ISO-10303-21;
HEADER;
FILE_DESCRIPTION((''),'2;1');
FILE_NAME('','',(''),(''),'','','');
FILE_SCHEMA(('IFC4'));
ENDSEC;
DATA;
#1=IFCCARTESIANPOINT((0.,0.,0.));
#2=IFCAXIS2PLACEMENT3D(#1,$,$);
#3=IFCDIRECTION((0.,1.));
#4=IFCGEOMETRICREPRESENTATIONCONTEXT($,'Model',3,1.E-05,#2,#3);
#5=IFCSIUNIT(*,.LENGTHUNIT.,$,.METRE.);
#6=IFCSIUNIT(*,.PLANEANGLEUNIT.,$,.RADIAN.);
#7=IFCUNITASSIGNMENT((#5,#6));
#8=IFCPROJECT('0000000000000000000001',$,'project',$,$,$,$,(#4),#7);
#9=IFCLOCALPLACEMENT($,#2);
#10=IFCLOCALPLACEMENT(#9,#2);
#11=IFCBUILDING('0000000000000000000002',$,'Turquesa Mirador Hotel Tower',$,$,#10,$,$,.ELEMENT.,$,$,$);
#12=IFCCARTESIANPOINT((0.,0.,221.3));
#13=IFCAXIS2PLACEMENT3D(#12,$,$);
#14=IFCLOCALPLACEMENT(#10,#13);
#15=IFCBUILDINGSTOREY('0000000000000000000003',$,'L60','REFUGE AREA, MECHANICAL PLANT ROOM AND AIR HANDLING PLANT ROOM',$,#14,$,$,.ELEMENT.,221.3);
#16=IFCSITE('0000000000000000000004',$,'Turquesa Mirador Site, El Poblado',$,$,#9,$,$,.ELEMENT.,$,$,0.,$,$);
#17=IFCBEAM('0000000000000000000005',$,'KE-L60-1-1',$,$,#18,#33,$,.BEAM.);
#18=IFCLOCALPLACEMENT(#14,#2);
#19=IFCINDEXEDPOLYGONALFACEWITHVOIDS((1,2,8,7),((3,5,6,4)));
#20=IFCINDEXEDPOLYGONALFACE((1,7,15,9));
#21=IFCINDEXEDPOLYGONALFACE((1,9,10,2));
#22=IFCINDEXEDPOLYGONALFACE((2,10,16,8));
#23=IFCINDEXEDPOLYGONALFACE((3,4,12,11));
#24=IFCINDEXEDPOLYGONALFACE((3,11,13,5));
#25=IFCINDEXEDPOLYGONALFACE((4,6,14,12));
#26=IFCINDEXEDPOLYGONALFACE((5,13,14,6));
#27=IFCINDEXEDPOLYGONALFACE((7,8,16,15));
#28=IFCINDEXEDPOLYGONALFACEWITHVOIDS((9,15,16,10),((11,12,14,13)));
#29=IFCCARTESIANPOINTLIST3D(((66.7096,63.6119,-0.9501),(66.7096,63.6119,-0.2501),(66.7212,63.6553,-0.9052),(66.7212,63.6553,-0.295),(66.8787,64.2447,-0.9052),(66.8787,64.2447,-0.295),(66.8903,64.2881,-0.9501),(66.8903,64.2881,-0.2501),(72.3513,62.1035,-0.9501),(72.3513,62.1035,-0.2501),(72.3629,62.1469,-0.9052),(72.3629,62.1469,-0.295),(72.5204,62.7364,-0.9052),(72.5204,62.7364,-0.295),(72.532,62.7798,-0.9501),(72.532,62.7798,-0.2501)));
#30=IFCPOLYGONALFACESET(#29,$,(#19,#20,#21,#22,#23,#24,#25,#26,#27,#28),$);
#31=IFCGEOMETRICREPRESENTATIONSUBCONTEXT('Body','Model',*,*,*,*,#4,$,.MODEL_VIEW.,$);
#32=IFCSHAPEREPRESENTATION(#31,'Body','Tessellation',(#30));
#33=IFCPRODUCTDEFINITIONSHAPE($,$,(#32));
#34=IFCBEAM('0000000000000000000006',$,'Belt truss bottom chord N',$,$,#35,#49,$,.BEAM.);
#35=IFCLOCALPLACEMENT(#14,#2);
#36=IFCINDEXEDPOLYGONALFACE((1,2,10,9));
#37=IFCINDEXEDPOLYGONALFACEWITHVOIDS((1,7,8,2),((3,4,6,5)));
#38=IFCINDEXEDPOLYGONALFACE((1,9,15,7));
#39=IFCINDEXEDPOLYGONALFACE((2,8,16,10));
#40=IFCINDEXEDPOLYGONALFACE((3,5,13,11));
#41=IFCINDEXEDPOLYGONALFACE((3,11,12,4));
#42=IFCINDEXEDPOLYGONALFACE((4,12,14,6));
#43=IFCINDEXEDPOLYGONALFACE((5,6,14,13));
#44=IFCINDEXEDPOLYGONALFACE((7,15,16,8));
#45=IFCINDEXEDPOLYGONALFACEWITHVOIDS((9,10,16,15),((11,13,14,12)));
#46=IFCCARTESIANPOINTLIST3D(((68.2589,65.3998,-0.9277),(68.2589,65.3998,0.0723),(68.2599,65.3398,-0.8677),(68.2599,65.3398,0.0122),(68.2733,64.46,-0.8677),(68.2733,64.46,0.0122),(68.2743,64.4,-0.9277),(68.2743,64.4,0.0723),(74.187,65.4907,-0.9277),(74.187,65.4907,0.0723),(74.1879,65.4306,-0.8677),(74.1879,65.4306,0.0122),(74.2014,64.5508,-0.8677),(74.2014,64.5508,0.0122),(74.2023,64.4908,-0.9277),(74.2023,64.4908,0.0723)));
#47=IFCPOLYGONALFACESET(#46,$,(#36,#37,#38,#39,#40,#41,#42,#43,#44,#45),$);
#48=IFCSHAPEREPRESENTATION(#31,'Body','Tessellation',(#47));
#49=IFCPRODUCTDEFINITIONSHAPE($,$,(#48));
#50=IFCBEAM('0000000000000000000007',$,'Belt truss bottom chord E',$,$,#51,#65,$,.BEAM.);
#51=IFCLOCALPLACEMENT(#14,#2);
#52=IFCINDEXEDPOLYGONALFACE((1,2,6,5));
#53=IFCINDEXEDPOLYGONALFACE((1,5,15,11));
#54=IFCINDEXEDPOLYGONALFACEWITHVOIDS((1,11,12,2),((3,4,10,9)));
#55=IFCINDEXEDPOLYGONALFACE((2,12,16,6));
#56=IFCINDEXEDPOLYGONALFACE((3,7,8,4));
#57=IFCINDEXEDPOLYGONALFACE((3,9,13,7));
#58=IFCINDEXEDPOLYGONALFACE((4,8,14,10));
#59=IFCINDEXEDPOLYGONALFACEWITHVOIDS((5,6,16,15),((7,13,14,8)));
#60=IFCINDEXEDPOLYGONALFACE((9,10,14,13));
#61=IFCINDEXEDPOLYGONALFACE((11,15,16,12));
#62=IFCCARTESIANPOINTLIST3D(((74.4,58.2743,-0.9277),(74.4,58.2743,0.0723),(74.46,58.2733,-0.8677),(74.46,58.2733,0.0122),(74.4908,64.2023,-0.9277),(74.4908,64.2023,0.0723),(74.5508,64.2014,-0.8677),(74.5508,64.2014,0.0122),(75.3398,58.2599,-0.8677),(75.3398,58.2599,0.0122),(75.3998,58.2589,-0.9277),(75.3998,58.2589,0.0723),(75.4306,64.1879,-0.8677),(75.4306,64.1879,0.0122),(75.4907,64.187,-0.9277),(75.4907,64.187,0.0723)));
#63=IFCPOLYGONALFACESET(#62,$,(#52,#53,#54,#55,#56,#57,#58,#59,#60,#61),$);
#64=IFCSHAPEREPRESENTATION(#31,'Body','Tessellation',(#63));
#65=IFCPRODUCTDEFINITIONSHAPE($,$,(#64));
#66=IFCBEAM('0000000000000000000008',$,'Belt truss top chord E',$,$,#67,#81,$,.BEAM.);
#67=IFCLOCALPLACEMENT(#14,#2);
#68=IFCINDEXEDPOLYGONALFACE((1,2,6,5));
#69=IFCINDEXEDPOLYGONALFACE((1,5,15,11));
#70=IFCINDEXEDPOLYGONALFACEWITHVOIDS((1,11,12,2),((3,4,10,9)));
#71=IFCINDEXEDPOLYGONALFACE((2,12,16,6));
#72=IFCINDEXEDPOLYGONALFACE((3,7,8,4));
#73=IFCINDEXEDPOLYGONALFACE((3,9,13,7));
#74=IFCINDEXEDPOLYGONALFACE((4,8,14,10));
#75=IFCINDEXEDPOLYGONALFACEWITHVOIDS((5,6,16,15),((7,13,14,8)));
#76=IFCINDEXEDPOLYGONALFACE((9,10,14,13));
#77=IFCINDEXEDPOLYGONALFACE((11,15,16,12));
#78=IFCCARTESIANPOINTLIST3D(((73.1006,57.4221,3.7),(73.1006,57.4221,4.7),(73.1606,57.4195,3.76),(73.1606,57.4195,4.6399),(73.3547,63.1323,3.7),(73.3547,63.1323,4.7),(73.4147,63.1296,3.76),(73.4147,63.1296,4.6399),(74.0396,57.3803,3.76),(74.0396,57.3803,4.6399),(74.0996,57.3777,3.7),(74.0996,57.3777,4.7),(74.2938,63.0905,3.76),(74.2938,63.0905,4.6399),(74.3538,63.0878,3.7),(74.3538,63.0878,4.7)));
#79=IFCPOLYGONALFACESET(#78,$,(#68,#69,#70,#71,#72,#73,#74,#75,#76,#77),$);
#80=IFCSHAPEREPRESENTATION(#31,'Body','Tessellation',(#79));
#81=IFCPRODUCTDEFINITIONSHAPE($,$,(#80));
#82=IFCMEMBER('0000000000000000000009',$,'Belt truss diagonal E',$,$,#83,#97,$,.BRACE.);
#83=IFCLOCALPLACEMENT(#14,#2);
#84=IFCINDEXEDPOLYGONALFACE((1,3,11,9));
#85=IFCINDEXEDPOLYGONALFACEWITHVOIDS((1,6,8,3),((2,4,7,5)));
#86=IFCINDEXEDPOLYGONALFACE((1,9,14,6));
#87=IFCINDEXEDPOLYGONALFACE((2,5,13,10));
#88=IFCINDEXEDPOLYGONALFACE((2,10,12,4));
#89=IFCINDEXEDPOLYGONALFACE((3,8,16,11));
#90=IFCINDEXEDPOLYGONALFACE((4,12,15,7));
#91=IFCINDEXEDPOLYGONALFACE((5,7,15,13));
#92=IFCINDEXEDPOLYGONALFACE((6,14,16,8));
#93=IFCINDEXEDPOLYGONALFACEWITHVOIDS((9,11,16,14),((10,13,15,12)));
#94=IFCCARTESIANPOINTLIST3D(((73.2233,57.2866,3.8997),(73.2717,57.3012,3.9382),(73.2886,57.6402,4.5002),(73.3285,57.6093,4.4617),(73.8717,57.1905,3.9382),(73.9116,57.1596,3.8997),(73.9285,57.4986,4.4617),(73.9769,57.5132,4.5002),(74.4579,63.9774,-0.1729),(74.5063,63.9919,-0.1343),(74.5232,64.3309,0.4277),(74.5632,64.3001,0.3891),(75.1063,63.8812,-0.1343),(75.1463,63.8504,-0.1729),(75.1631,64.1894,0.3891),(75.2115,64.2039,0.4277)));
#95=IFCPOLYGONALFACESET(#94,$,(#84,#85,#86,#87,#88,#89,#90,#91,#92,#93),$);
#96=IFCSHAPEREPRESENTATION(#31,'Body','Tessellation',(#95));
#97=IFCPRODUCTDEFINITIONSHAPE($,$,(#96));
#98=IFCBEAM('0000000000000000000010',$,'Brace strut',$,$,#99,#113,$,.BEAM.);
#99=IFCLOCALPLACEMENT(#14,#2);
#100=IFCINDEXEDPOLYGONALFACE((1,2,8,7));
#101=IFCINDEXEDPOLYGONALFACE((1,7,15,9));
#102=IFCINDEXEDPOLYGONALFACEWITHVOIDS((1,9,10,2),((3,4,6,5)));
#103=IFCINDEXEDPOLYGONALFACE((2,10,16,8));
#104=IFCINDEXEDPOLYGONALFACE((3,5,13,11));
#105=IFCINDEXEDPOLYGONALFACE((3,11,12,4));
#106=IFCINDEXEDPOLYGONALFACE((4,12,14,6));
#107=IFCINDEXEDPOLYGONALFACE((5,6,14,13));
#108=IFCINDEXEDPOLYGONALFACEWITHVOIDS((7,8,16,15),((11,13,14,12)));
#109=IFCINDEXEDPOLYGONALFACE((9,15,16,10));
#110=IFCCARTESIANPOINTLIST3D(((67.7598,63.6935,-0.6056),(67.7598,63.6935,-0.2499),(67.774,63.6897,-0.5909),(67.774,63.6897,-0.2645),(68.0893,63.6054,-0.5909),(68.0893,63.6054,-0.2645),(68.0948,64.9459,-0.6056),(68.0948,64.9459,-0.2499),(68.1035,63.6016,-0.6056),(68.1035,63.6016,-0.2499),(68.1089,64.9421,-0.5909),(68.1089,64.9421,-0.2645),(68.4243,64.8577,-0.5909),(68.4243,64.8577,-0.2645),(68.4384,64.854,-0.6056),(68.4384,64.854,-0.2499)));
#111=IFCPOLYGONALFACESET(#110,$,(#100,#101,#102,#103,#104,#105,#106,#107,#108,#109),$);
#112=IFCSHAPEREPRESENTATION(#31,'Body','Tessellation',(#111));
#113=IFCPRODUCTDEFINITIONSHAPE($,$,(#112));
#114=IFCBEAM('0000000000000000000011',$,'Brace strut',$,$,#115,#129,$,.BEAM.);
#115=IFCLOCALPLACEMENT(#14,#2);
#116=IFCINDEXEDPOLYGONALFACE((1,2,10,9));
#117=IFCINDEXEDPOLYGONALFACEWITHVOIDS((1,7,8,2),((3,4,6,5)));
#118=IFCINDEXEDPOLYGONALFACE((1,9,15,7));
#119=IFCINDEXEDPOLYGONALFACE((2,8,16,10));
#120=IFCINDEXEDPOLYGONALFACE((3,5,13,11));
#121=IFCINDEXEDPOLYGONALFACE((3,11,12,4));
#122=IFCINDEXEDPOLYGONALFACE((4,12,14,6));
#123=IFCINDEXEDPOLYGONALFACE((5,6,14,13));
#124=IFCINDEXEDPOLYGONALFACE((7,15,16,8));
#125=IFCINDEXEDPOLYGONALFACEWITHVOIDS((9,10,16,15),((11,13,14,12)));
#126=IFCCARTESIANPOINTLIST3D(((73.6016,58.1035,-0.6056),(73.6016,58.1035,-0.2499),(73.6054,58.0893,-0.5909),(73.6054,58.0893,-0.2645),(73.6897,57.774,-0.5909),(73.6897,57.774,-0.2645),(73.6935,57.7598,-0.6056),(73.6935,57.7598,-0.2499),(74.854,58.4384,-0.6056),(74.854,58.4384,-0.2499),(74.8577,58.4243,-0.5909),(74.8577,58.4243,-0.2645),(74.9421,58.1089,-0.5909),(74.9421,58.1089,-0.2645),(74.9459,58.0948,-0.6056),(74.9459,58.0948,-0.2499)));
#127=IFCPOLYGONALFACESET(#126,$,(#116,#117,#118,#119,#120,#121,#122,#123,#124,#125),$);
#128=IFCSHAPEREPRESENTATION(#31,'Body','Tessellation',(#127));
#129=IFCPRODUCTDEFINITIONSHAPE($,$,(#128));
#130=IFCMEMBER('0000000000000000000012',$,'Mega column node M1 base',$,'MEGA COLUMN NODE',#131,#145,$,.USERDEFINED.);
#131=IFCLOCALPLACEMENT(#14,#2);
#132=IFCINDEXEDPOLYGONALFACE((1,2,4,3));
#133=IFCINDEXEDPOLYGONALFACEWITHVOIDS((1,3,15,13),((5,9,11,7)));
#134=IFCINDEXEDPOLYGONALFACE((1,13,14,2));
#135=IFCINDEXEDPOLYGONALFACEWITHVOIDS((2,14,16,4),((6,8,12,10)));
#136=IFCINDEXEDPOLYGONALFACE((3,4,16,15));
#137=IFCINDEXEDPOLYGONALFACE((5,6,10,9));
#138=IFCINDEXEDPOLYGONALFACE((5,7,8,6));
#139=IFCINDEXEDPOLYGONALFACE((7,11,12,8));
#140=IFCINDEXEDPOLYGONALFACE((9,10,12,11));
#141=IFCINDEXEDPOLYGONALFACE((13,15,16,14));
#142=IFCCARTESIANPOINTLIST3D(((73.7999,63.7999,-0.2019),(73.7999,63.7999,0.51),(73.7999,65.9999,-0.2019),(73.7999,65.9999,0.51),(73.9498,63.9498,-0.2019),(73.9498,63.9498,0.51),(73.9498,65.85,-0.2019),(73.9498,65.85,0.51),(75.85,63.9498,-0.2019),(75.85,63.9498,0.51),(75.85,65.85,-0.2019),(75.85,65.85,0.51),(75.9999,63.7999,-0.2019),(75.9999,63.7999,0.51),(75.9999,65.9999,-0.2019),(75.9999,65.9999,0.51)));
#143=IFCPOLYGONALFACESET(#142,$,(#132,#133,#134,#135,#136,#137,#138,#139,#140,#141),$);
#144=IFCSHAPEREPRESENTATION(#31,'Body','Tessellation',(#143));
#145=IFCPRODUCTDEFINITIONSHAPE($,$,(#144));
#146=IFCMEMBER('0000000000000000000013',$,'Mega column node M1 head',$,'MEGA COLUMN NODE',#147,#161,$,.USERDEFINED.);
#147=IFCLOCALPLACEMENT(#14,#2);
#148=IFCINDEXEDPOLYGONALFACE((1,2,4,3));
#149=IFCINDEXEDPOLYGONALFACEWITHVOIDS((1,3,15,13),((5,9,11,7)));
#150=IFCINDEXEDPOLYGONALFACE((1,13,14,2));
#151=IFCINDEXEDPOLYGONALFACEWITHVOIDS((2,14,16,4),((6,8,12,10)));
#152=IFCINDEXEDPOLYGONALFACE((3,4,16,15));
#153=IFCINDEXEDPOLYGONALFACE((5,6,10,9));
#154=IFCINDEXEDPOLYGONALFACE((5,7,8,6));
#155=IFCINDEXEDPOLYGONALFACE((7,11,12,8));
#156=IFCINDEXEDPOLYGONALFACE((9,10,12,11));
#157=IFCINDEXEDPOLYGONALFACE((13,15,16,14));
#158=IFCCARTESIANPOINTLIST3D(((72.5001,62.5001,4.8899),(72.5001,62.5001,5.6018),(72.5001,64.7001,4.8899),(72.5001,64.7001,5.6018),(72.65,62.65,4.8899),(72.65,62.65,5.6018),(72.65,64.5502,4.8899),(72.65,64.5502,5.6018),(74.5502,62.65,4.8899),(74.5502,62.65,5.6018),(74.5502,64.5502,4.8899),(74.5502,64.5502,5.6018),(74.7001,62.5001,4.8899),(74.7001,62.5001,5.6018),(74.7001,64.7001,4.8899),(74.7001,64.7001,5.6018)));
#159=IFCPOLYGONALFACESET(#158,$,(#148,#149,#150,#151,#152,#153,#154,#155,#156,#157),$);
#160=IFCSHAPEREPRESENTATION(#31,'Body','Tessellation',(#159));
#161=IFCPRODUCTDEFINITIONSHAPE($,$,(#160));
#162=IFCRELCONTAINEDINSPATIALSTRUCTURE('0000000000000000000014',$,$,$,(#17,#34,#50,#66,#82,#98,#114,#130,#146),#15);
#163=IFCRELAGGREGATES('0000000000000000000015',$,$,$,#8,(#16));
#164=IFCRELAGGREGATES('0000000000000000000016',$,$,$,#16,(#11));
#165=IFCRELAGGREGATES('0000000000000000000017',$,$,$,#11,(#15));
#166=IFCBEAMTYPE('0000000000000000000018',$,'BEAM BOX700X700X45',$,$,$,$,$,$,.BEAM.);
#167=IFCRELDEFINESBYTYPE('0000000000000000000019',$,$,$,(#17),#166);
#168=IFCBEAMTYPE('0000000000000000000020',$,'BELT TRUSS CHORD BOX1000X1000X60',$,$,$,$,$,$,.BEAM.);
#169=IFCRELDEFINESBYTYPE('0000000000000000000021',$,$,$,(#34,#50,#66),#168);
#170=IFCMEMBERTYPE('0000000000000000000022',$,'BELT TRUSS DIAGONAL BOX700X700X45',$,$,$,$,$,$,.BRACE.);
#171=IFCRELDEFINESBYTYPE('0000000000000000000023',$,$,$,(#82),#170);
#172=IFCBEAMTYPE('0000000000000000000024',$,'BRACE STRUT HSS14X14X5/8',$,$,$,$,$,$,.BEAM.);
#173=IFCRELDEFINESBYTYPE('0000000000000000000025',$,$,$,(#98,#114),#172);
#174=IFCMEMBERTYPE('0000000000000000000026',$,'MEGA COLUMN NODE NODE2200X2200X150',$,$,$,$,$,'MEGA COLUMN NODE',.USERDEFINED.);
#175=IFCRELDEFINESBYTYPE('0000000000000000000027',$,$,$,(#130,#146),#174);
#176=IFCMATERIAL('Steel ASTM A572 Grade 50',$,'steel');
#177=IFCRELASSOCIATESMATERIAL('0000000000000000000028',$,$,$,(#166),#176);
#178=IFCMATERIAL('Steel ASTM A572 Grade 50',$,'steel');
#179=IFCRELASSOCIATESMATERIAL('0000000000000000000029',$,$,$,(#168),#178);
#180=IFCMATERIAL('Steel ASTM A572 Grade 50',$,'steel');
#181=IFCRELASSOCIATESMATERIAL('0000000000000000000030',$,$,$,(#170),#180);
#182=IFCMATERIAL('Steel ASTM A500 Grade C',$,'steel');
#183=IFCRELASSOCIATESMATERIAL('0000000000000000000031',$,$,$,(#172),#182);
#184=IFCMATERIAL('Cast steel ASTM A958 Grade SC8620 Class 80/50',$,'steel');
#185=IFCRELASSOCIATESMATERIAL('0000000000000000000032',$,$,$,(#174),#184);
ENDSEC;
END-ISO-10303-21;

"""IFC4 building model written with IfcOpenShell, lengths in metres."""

from ifc_helpers import new_model, si_unit, direction, frame, origin, origin_2d, place, context, subcontext, project, spatial, hollow_rectangle, extrude, material, material_profile, profile_set, type_object, element, save


model = new_model("IFC4")

# Units and contexts
model_context = context("Model", 3, precision=1e-05, world=origin(), true_north=direction((0.0, 1.0)))
body_context = subcontext(model_context, "Body", "Model", "MODEL_VIEW")
ifc_project = project(units=[si_unit("LENGTHUNIT", "METRE"), si_unit("PLANEANGLEUNIT", "RADIAN")], contexts=[model_context])

# Site, building, storey
site_placement = place(None, origin())
site = spatial("IfcSite", under=ifc_project, at=site_placement, Name="Turquesa Mirador Site, El Poblado", CompositionType="ELEMENT", RefElevation=0.0)
building_placement = place(site_placement, origin())
building = spatial("IfcBuilding", under=site, at=building_placement, Name="Turquesa Mirador Hotel Tower", CompositionType="ELEMENT")
storey_placement = place(building_placement, frame((0.0, 0.0, 221.3)))
storey = spatial("IfcBuildingStorey", under=building, at=storey_placement, Name="L60", Description="REFUGE AREA, MECHANICAL PLANT ROOM AND AIR HANDLING PLANT ROOM", CompositionType="ELEMENT", Elevation=221.3)

# Beams
ifc_material_1 = material(Name="Steel ASTM A572 Grade 50", Category="steel")
ifc_material_profile_1 = material_profile(ifc_material_1, hollow_rectangle(XDim=0.7, YDim=0.7, WallThickness=0.0449, at=origin_2d()), Name="BOX700X700X45")
ifc_profile_set_1 = profile_set([ifc_material_profile_1], Name="Steel ASTM A572 Grade 50")
beam_type_1 = type_object("IfcBeamType", Name="BEAM BOX700X700X45", PredefinedType="BEAM", material=ifc_profile_set_1)
beam_1_placement = place(storey_placement, frame((72.4417, 62.4417, -0.6001), z_axis=(-0.96607, 0.258282, 0.0), x_axis=(-0.258282, -0.96607, 0.0)))
element("IfcBeam", 1, at=beam_1_placement, inside=storey, type_object=beam_type_1, Name="KE-L60-1-1", PredefinedType="BEAM", context=body_context, shape_type="SweptSolid", body=[
    extrude(hollow_rectangle(XDim=0.7, YDim=0.7, WallThickness=0.0449, at=origin_2d()), origin(), (0.0, 0.0, 1.0), 5.8398),
])
ifc_material_2 = material(Name="Steel ASTM A572 Grade 50", Category="steel")
ifc_material_profile_2 = material_profile(ifc_material_2, hollow_rectangle(XDim=1.0, YDim=1.0, WallThickness=0.0601, at=origin_2d()), Name="BOX1000X1000X60")
ifc_profile_set_2 = profile_set([ifc_material_profile_2], Name="Steel ASTM A572 Grade 50")
beam_type_2 = type_object("IfcBeamType", Name="BELT TRUSS CHORD BOX1000X1000X60", PredefinedType="BEAM", material=ifc_profile_set_2)
for number, where, z_axis, x_axis, name in (
    (2, (68.2666, 64.8999, -0.4277), (0.999883, 0.015319, 0.0), (-0.015319, 0.999883, 0.0), "Belt truss bottom chord N"),
    (3, (74.8999, 58.2666, -0.4277), (0.015319, 0.999883, 0.0), (-0.999883, 0.015319, 0.0), "Belt truss bottom chord E"),
):
    element("IfcBeam", number, at=place(storey_placement, frame(where, z_axis=z_axis, x_axis=x_axis)), inside=storey, type_object=beam_type_2, Name=name, PredefinedType="BEAM", context=body_context, shape_type="SweptSolid", body=[
        extrude(hollow_rectangle(XDim=1.0, YDim=1.0, WallThickness=0.0601, at=origin_2d()), origin(), (0.0, 0.0, 1.0), 5.9287),
    ])
beam_2_placement = place(storey_placement, frame((73.6001, 57.3999, 4.2), z_axis=(0.044464, 0.999011, 0.0), x_axis=(-0.999011, 0.044464, 0.0)))
element("IfcBeam", 4, at=beam_2_placement, inside=storey, type_object=beam_type_2, Name="Belt truss top chord E", PredefinedType="BEAM", context=body_context, shape_type="SweptSolid", body=[
    extrude(hollow_rectangle(XDim=1.0, YDim=1.0, WallThickness=0.0601, at=origin_2d()), origin(), (0.0, 0.0, 1.0), 5.7158),
])

# Member
ifc_material_3 = material(Name="Steel ASTM A572 Grade 50", Category="steel")
ifc_material_profile_3 = material_profile(ifc_material_3, hollow_rectangle(XDim=0.7, YDim=0.7, WallThickness=0.0449, at=origin_2d()), Name="BOX700X700X45")
ifc_profile_set_3 = profile_set([ifc_material_profile_3], Name="Steel ASTM A572 Grade 50")
member_type_1 = type_object("IfcMemberType", Name="BELT TRUSS DIAGONAL BOX700X700X45", PredefinedType="BRACE", material=ifc_profile_set_3)
member_placement = place(storey_placement, frame((73.6001, 57.3999, 4.2), z_axis=(0.155702, 0.843785, -0.513599), x_axis=(-0.983397, 0.181465, 0.0)))
element("IfcMember", 5, at=member_placement, inside=storey, type_object=member_type_1, Name="Belt truss diagonal E", PredefinedType="BRACE", context=body_context, shape_type="SweptSolid", body=[
    extrude(hollow_rectangle(XDim=0.7, YDim=0.7, WallThickness=0.0449, at=origin_2d()), origin(), (0.0, 0.0, 1.0), 7.9294),
])

# Beams
ifc_material_4 = material(Name="Steel ASTM A500 Grade C", Category="steel")
ifc_material_profile_4 = material_profile(ifc_material_4, hollow_rectangle(XDim=0.3557, YDim=0.3557, WallThickness=0.0146, at=origin_2d()), Name="HSS14X14X5/8")
ifc_profile_set_4 = profile_set([ifc_material_profile_4], Name="Steel ASTM A500 Grade C")
beam_type_3 = type_object("IfcBeamType", Name="BRACE STRUT HSS14X14X5/8", PredefinedType="BEAM", material=ifc_profile_set_4)
for number, where, z_axis, x_axis, name in (
    (6, (68.2666, 64.8999, -0.4277), (-0.258366, -0.966047, 0.0), (0.966047, -0.258366, 0.0), "Brace strut"),
    (7, (74.8999, 58.2666, -0.4277), (-0.966047, -0.258366, 0.0), (0.258366, -0.966047, 0.0), "Brace strut"),
):
    element("IfcBeam", number, at=place(storey_placement, frame(where, z_axis=z_axis, x_axis=x_axis)), inside=storey, type_object=beam_type_3, Name=name, PredefinedType="BEAM", context=body_context, shape_type="SweptSolid", body=[
        extrude(hollow_rectangle(XDim=0.3557, YDim=0.3557, WallThickness=0.0146, at=origin_2d()), origin(), (0.0, 0.0, 1.0), 1.2964),
    ])

# Members
ifc_material_5 = material(Name="Cast steel ASTM A958 Grade SC8620 Class 80/50", Category="steel")
ifc_material_profile_5 = material_profile(ifc_material_5, hollow_rectangle(XDim=2.2, YDim=2.2, WallThickness=0.1499, at=origin_2d()), Name="NODE2200X2200X150")
ifc_profile_set_5 = profile_set([ifc_material_profile_5], Name="Cast steel ASTM A958 Grade SC8620 Class 80/50")
member_type_2 = type_object("IfcMemberType", Name="MEGA COLUMN NODE NODE2200X2200X150", ElementType="MEGA COLUMN NODE", PredefinedType="USERDEFINED", material=ifc_profile_set_5)
for number, where, z_axis, x_axis, name in (
    (8, (74.8999, 64.8999, -0.2019), (0.0, 0.0, 1.0), (1.0, 0.0, 0.0), "Mega column node M1 base"),
    (9, (73.6001, 63.6001, 4.8899), (0.0, 0.0, 1.0), (1.0, 0.0, 0.0), "Mega column node M1 head"),
):
    element("IfcMember", number, at=place(storey_placement, frame(where, z_axis=z_axis, x_axis=x_axis)), inside=storey, type_object=member_type_2, Name=name, ObjectType="MEGA COLUMN NODE", PredefinedType="USERDEFINED", context=body_context, shape_type="SweptSolid", body=[
        extrude(hollow_rectangle(XDim=2.2, YDim=2.2, WallThickness=0.1499, at=origin_2d()), origin(), (0.0, 0.0, 1.0), 0.7119),
    ])

save(model, "model.ifc")
